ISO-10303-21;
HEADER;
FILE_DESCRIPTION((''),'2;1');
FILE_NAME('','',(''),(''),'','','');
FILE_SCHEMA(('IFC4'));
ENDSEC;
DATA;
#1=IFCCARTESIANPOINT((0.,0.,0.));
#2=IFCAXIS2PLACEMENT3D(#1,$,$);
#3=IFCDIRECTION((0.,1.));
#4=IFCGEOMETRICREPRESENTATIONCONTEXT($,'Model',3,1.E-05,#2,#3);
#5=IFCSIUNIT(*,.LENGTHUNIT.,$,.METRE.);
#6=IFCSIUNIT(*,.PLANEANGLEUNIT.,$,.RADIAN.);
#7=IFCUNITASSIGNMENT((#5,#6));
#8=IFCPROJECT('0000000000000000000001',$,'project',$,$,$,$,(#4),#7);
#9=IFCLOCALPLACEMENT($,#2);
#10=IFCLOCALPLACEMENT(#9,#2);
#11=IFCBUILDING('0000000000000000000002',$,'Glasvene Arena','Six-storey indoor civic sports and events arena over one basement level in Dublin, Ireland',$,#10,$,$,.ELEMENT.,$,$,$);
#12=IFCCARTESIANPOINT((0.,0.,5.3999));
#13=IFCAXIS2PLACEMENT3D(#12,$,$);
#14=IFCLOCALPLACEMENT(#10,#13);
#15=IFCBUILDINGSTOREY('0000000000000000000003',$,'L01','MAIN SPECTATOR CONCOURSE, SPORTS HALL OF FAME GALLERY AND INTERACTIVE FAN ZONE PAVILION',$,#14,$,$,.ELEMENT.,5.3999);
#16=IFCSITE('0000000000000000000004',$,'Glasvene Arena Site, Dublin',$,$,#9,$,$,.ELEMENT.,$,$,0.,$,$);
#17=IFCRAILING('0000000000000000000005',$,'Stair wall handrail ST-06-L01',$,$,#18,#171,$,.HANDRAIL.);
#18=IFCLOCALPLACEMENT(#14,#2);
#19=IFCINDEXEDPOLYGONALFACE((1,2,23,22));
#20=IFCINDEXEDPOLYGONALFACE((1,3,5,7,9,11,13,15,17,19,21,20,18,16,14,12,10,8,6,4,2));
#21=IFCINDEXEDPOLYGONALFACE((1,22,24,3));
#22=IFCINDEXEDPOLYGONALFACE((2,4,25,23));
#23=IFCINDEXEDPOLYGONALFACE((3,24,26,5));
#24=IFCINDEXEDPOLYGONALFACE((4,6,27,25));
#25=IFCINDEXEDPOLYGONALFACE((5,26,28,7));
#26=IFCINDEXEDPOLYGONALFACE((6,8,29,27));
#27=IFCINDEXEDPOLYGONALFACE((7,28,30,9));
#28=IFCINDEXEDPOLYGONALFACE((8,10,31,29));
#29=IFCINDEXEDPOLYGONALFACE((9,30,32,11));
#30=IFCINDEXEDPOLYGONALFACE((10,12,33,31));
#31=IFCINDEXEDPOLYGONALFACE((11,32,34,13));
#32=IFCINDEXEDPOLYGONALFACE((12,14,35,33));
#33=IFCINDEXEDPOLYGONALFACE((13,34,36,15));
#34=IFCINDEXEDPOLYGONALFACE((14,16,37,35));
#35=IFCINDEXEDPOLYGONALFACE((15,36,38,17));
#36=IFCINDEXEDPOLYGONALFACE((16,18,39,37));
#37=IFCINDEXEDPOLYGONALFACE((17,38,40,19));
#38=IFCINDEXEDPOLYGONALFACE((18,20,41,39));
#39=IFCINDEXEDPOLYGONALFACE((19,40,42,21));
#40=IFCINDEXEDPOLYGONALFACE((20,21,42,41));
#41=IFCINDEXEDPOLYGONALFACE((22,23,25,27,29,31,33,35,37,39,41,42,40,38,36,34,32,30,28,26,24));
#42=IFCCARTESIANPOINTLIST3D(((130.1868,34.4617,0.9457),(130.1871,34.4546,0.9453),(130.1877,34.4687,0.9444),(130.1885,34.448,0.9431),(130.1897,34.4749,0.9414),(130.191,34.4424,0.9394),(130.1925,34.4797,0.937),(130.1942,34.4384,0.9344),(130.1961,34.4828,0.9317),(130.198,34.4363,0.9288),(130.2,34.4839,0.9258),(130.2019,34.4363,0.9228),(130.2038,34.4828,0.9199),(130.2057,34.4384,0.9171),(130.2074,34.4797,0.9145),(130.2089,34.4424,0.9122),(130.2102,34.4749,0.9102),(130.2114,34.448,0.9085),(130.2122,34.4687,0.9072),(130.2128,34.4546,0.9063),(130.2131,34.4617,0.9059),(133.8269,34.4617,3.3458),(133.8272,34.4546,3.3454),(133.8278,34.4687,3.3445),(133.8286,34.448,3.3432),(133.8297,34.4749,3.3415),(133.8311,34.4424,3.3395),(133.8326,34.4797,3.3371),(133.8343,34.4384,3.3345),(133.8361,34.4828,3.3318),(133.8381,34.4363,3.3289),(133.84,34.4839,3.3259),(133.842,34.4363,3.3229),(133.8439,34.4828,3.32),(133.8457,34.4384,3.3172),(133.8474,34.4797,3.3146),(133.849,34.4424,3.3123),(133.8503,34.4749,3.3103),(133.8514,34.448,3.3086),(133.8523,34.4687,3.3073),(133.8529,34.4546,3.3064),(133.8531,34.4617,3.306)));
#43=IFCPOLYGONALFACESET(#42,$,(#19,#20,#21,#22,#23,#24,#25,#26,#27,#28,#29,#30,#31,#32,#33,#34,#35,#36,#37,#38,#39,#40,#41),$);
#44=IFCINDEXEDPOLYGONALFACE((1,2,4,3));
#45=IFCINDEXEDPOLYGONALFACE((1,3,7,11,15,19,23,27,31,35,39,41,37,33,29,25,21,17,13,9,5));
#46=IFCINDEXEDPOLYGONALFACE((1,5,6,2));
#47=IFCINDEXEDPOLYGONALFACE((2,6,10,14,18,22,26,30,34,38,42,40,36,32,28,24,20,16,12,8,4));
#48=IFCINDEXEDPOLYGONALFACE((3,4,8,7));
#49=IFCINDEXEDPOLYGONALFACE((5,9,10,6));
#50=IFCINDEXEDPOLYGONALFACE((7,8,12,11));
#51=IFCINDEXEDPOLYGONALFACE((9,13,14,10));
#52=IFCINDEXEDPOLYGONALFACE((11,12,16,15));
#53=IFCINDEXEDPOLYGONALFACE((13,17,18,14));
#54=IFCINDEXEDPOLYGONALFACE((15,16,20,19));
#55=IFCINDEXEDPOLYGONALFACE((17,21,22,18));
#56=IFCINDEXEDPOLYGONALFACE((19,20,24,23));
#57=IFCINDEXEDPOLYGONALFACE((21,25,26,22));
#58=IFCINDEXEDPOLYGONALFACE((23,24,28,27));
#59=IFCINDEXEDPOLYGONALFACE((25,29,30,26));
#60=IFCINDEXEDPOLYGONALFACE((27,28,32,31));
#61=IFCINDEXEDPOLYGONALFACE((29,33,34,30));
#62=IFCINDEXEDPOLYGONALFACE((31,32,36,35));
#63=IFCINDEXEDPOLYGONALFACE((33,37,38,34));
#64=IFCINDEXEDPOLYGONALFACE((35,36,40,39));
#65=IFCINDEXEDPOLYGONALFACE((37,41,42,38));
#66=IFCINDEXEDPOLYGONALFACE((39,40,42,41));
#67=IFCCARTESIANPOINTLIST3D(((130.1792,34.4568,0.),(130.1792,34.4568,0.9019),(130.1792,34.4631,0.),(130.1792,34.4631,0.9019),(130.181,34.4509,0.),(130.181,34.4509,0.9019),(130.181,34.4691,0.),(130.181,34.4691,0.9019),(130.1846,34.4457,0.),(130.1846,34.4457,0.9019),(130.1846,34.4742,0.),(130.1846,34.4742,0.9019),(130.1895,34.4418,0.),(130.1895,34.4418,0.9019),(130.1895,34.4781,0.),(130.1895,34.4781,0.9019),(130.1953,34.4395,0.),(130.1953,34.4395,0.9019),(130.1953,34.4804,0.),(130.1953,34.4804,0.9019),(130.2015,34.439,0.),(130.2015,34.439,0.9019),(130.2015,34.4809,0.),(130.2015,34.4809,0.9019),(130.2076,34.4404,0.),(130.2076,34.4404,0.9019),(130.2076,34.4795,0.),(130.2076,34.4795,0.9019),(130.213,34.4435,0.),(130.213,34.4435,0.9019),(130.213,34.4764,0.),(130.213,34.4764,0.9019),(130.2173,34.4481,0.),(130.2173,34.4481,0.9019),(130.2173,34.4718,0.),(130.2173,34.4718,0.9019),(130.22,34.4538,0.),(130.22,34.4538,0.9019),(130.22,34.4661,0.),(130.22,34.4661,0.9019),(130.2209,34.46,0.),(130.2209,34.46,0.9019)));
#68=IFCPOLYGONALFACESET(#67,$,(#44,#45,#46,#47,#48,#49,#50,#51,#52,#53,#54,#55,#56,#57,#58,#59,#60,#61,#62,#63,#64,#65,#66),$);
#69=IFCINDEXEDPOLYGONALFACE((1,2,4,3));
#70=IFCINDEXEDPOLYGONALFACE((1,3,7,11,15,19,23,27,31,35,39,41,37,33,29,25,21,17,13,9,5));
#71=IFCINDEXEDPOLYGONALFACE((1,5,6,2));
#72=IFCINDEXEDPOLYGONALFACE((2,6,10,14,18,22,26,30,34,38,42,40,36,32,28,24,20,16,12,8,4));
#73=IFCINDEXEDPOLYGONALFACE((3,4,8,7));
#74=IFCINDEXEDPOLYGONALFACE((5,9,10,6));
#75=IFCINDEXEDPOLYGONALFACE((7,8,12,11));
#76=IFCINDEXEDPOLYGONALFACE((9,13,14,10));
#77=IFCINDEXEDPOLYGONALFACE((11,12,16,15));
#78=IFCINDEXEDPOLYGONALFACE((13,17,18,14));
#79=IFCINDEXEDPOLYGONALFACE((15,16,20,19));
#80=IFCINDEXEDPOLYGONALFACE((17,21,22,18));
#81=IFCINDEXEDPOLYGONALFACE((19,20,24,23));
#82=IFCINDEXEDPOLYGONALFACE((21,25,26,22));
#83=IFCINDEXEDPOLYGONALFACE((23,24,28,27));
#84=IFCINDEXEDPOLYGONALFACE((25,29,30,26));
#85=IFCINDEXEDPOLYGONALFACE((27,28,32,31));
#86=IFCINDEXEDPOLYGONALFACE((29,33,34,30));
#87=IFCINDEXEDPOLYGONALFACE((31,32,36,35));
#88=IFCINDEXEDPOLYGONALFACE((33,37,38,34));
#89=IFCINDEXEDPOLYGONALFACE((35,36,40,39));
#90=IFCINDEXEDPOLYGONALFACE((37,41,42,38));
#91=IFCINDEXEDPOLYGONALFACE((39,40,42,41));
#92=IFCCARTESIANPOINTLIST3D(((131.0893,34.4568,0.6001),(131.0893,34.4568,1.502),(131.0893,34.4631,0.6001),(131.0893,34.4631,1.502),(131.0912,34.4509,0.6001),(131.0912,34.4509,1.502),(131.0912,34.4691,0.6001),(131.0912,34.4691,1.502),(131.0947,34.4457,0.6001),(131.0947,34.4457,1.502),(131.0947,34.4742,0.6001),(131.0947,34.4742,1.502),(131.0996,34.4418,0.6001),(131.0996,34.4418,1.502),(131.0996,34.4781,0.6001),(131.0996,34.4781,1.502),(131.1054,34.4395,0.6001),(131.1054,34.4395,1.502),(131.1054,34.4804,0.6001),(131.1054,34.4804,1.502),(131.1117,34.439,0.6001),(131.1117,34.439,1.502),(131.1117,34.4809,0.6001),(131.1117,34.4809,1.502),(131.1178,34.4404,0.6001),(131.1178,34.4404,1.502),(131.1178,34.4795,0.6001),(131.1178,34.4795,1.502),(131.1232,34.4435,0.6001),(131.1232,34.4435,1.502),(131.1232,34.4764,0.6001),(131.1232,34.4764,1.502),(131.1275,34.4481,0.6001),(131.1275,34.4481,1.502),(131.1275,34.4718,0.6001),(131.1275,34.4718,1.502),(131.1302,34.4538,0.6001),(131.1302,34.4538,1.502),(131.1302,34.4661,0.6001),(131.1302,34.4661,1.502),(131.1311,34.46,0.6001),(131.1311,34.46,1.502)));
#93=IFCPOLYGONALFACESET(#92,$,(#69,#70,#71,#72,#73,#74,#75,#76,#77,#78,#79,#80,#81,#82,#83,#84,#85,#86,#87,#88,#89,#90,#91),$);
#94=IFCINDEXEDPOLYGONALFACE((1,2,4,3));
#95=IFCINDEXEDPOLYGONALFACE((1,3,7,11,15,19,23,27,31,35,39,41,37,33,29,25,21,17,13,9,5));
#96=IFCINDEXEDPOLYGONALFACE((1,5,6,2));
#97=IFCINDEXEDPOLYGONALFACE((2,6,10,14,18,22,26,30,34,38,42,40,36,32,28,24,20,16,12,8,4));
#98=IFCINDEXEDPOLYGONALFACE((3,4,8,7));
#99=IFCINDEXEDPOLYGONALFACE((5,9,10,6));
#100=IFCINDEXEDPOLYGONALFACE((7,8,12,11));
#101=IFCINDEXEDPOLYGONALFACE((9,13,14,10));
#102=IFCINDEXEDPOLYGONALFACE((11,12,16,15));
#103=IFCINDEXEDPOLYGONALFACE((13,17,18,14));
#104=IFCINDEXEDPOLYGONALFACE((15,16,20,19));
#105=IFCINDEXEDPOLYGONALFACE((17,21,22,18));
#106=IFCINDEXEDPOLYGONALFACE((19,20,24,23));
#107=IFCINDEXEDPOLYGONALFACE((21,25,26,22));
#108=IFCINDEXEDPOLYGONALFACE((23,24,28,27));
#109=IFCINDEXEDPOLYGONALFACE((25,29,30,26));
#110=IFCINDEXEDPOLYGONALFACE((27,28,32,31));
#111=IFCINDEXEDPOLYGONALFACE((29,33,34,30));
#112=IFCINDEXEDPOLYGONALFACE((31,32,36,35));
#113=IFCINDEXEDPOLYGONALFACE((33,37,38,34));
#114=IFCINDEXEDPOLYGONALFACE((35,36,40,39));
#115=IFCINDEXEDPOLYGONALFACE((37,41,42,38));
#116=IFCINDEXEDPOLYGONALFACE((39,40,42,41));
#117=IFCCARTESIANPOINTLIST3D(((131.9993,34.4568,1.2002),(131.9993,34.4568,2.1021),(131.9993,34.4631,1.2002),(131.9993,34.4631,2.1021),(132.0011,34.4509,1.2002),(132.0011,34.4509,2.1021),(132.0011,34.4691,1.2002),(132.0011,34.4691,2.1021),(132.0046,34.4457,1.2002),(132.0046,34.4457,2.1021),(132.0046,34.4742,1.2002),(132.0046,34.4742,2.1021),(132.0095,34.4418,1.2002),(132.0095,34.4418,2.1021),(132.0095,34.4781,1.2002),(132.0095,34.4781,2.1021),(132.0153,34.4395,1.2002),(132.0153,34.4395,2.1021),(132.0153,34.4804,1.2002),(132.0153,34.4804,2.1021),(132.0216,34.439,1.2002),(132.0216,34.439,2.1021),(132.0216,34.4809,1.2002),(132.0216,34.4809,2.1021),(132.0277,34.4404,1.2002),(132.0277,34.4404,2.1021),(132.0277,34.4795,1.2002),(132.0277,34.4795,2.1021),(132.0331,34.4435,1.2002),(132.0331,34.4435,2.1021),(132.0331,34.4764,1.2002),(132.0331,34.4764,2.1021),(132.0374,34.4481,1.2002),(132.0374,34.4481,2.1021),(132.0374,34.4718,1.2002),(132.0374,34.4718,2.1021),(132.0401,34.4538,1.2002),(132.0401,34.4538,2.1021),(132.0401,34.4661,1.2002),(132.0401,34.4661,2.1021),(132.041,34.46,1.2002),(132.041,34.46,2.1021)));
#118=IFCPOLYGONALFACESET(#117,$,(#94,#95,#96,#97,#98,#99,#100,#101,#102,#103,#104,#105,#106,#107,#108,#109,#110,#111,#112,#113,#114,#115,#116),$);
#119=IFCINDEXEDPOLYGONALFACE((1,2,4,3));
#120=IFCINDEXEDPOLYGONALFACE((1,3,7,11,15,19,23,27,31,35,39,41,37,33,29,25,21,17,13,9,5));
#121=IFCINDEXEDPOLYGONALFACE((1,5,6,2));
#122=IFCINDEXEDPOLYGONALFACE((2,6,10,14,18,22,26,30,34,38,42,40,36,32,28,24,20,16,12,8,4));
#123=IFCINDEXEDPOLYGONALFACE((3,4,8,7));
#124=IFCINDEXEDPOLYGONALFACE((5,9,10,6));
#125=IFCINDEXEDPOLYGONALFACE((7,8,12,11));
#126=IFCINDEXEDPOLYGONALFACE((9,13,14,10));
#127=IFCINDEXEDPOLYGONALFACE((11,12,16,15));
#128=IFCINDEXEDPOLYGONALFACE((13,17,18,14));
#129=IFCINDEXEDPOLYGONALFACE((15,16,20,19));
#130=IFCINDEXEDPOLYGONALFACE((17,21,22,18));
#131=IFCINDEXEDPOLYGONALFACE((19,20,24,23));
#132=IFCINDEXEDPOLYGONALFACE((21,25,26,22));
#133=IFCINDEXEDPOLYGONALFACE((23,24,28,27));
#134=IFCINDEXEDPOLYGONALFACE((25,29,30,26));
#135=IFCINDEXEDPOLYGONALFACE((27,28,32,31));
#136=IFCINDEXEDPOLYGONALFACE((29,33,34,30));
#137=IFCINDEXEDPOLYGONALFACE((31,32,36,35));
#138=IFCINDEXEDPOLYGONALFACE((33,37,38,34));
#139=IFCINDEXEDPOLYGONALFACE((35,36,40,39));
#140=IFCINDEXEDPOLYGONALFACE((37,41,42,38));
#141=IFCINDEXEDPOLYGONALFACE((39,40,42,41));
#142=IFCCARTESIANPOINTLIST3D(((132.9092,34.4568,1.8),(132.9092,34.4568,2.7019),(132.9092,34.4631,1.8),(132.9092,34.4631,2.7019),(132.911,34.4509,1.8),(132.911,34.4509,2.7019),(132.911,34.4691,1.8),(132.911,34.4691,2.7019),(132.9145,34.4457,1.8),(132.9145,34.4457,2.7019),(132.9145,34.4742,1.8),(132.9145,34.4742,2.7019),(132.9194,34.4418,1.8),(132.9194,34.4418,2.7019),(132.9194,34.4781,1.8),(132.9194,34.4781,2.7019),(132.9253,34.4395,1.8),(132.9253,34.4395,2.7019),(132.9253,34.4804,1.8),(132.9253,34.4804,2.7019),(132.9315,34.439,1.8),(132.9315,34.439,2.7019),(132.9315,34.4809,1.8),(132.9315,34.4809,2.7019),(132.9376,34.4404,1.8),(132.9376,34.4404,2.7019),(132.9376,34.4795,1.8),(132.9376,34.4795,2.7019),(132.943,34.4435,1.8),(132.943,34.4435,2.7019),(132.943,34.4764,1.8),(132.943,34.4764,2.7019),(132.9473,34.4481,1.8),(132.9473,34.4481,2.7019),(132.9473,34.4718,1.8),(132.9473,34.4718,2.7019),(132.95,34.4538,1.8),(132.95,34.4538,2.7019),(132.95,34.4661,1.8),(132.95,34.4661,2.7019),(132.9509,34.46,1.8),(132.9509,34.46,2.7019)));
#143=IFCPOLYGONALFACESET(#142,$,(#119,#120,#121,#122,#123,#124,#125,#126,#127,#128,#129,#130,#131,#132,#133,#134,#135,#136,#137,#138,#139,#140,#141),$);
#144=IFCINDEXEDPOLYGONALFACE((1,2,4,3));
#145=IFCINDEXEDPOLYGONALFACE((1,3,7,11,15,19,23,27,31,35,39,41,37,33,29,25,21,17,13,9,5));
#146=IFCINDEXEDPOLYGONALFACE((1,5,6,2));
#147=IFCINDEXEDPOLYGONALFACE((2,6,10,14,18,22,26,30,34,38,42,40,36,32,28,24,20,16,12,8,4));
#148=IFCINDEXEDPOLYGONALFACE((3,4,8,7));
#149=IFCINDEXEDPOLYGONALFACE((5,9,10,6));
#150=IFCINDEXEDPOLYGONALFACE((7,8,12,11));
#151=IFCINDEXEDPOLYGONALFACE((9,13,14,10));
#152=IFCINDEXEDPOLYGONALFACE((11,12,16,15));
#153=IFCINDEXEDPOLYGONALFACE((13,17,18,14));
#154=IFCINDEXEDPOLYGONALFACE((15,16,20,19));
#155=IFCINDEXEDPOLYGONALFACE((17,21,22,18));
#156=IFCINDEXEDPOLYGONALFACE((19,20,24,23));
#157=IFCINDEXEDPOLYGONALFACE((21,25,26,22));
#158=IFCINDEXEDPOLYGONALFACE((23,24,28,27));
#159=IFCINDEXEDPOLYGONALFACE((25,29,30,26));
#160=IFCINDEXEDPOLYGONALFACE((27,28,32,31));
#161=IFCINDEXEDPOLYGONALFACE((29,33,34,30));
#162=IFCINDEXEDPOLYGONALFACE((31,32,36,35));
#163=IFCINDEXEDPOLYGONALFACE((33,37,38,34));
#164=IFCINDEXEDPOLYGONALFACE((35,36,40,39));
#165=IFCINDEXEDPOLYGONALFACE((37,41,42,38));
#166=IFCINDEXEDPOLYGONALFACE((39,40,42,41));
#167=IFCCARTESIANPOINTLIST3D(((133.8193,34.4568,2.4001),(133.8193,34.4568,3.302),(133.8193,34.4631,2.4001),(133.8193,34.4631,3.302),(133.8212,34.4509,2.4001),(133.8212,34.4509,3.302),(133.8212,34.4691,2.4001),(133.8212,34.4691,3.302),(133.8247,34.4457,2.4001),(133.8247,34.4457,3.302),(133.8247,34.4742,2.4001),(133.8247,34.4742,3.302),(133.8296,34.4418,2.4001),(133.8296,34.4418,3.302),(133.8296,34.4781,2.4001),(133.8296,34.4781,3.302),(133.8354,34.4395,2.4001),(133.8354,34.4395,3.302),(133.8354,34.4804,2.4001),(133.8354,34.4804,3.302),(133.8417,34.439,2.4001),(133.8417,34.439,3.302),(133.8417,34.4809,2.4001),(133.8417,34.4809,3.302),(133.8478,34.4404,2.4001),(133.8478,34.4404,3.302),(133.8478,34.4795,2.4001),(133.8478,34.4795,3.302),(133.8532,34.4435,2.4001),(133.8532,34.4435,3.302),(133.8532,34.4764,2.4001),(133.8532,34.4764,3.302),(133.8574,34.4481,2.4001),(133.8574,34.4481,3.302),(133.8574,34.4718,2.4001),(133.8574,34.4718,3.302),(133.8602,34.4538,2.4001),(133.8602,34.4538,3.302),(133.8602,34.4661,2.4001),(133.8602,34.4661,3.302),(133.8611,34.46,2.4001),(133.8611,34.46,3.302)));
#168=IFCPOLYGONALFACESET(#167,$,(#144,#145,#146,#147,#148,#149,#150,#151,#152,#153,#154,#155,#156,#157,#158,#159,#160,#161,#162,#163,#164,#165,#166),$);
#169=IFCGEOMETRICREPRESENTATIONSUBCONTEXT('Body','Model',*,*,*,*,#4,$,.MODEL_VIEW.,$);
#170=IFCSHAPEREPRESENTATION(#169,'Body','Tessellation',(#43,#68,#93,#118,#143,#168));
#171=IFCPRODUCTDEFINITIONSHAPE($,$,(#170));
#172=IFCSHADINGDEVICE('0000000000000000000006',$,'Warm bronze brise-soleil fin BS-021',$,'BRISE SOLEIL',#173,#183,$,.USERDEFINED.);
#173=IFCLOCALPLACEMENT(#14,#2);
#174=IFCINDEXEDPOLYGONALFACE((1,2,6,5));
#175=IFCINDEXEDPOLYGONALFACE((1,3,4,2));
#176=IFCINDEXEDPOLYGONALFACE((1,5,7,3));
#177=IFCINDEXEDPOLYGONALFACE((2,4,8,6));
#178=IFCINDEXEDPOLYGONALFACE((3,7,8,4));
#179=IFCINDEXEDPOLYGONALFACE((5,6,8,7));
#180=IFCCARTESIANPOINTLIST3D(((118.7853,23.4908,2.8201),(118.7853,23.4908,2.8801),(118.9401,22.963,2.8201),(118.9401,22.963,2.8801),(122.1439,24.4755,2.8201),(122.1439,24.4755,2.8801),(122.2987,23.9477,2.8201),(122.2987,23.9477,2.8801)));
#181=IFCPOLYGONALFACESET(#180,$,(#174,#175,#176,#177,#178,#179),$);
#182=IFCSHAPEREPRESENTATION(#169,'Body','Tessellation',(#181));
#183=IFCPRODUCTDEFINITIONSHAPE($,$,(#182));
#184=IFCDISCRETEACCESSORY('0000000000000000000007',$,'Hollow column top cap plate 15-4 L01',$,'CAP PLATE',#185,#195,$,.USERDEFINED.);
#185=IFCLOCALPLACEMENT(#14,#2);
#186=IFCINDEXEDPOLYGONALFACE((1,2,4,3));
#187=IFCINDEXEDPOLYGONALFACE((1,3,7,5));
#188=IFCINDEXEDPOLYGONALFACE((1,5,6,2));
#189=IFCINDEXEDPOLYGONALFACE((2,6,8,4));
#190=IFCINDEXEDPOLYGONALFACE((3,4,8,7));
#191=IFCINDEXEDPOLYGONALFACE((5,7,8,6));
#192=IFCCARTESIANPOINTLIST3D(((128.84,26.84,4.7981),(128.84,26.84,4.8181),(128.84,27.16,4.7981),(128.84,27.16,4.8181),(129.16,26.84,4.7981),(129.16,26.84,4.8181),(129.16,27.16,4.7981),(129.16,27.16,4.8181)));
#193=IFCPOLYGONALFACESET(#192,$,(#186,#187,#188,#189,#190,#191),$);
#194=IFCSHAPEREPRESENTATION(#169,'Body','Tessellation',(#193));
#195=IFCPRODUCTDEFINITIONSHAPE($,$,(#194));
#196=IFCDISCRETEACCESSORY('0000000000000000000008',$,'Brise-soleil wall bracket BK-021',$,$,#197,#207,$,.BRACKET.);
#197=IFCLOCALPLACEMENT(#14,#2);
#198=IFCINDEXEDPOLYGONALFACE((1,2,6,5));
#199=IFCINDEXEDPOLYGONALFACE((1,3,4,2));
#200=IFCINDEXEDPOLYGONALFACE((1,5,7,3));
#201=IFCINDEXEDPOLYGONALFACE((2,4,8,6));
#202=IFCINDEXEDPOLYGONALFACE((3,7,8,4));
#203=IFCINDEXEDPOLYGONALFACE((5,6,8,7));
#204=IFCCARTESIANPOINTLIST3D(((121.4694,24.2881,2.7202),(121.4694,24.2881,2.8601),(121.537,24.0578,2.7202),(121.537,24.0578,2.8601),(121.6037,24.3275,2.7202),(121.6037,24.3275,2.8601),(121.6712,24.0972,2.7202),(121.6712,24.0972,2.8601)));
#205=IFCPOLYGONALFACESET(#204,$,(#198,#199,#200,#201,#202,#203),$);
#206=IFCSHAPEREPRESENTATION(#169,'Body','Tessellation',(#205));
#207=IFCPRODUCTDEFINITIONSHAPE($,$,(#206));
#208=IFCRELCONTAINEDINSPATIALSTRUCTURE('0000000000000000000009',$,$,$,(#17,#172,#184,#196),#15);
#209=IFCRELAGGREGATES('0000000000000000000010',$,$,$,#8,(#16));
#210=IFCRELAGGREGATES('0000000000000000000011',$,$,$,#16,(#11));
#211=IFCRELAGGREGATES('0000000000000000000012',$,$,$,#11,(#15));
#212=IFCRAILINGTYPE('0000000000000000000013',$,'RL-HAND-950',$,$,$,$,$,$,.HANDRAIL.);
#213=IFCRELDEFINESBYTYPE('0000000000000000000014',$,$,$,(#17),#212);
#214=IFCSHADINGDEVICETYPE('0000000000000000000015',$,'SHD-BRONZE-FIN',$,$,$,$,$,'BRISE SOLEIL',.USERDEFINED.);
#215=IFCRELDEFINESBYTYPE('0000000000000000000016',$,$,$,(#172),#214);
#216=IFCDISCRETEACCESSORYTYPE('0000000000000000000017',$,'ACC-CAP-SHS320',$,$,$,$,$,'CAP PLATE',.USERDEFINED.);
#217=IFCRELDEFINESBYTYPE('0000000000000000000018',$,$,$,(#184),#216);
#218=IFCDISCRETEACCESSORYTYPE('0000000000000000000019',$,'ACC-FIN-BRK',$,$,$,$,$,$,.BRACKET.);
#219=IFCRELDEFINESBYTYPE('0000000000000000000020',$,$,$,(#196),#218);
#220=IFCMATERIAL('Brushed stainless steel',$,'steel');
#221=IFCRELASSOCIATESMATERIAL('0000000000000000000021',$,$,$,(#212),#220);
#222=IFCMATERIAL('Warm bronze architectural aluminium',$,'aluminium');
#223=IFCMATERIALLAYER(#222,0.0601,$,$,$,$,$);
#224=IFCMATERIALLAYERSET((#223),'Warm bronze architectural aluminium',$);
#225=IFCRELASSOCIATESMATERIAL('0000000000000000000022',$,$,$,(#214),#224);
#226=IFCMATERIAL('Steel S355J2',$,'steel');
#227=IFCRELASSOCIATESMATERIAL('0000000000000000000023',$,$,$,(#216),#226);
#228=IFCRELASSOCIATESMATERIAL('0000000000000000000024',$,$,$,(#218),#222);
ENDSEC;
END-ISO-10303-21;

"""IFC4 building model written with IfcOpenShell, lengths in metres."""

from ifc_helpers import new_model, si_unit, direction, frame, origin, origin_2d, place, context, subcontext, project, spatial, rectangle, circle, extrude, material, layer, layer_set, type_object, element, save


model = new_model("IFC4")

# Units and contexts
model_context = context("Model", 3, precision=1e-05, world=origin(), true_north=direction((0.0, 1.0)))
body_context = subcontext(model_context, "Body", "Model", "MODEL_VIEW")
ifc_project = project(units=[si_unit("LENGTHUNIT", "METRE"), si_unit("PLANEANGLEUNIT", "RADIAN")], contexts=[model_context])

# Site, building, storey
site_placement = place(None, origin())
site = spatial("IfcSite", under=ifc_project, at=site_placement, Name="Glasvene Arena Site, Dublin", CompositionType="ELEMENT", RefElevation=0.0)
building_placement = place(site_placement, origin())
building = spatial("IfcBuilding", under=site, at=building_placement, Name="Glasvene Arena", Description="Six-storey indoor civic sports and events arena over one basement level in Dublin, Ireland", CompositionType="ELEMENT")
storey_placement = place(building_placement, frame((0.0, 0.0, 5.3999)))
storey = spatial("IfcBuildingStorey", under=building, at=storey_placement, Name="L01", Description="MAIN SPECTATOR CONCOURSE, SPORTS HALL OF FAME GALLERY AND INTERACTIVE FAN ZONE PAVILION", CompositionType="ELEMENT", Elevation=5.3999)

# Shared definitions
ifc_material_1 = material(Name="Steel S355J2", Category="steel")

# Railing
ifc_material_2 = material(Name="Brushed stainless steel", Category="steel")
railing_type_1 = type_object("IfcRailingType", Name="RL-HAND-950", PredefinedType="HANDRAIL", material=ifc_material_2)
railing_1_placement = place(storey_placement, frame((130.2, 34.46, 0.0)))
element("IfcRailing", 1, at=railing_1_placement, inside=storey, type_object=railing_type_1, Name="Stair wall handrail ST-06-L01", PredefinedType="HANDRAIL", context=body_context, shape_type="SweptSolid", body=[
    extrude(circle(Radius=0.0239, at=origin_2d()), frame((0.0, 0.0, 0.9258), z_axis=(0.834856, 0.0, 0.550468), x_axis=(0.0, 1.0, 0.0)), (0.0, 0.0, 1.0), 4.3601),
    extrude(circle(Radius=0.021, at=origin_2d()), origin(), (0.0, 0.0, 1.0), 0.9019),
    extrude(circle(Radius=0.021, at=origin_2d()), frame((0.9102, 0.0, 0.6001)), (0.0, 0.0, 1.0), 0.9019),
    extrude(circle(Radius=0.021, at=origin_2d()), frame((1.8201, 0.0, 1.2002)), (0.0, 0.0, 1.0), 0.9019),
    extrude(circle(Radius=0.021, at=origin_2d()), frame((2.73, 0.0, 1.8)), (0.0, 0.0, 1.0), 0.9019),
    extrude(circle(Radius=0.021, at=origin_2d()), frame((3.6401, 0.0, 2.4001)), (0.0, 0.0, 1.0), 0.9019),
])

# Shading device
ifc_material_3 = material(Name="Warm bronze architectural aluminium", Category="aluminium")
ifc_layer_1 = layer(ifc_material_3, 0.0601)
ifc_layer_set_1 = layer_set([ifc_layer_1], Name="Warm bronze architectural aluminium")
shading_device_type = type_object("IfcShadingDeviceType", Name="SHD-BRONZE-FIN", ElementType="BRISE SOLEIL", PredefinedType="USERDEFINED", material=ifc_layer_set_1)
shading_device_placement = place(storey_placement, frame((120.542, 23.7192, 2.8201), z_axis=(0.0, 0.0, 1.0), x_axis=(-0.959609, -0.281337, 0.0)))
element("IfcShadingDevice", 2, at=shading_device_placement, inside=storey, type_object=shading_device_type, Name="Warm bronze brise-soleil fin BS-021", ObjectType="BRISE SOLEIL", PredefinedType="USERDEFINED", context=body_context, shape_type="SweptSolid", body=[
    extrude(rectangle(XDim=3.5, YDim=0.55, at=origin_2d()), origin(), (0.0, 0.0, 1.0), 0.0601),
])

# Discrete accessories
discrete_accessory_type_1 = type_object("IfcDiscreteAccessoryType", Name="ACC-CAP-SHS320", ElementType="CAP PLATE", PredefinedType="USERDEFINED", material=ifc_material_1)
discrete_accessory_placement = place(storey_placement, frame((129.0, 27.0, 4.7981), z_axis=(0.0, 0.0, 1.0), x_axis=(1.0, 0.0, 0.0)))
element("IfcDiscreteAccessory", 3, at=discrete_accessory_placement, inside=storey, type_object=discrete_accessory_type_1, Name="Hollow column top cap plate 15-4 L01", ObjectType="CAP PLATE", PredefinedType="USERDEFINED", context=body_context, shape_type="SweptSolid", body=[
    extrude(rectangle(XDim=0.3201, YDim=0.3201, at=origin_2d()), origin(), (0.0, 0.0, 1.0), 0.02),
])
discrete_accessory_type_2 = type_object("IfcDiscreteAccessoryType", Name="ACC-FIN-BRK", PredefinedType="BRACKET", material=ifc_material_3)
for number, where, z_axis, x_axis, name in (
    (4, (121.5703, 24.1926, 2.7202), (0.0, 0.0, 1.0), (-0.959609, -0.281337, 0.0), "Brise-soleil wall bracket BK-021"),
):
    element("IfcDiscreteAccessory", number, at=place(storey_placement, frame(where, z_axis=z_axis, x_axis=x_axis)), inside=storey, type_object=discrete_accessory_type_2, Name=name, PredefinedType="BRACKET", context=body_context, shape_type="SweptSolid", body=[
        extrude(rectangle(XDim=0.1399, YDim=0.24, at=origin_2d()), origin(), (0.0, 0.0, 1.0), 0.1399),
    ])

save(model, "model.ifc")
